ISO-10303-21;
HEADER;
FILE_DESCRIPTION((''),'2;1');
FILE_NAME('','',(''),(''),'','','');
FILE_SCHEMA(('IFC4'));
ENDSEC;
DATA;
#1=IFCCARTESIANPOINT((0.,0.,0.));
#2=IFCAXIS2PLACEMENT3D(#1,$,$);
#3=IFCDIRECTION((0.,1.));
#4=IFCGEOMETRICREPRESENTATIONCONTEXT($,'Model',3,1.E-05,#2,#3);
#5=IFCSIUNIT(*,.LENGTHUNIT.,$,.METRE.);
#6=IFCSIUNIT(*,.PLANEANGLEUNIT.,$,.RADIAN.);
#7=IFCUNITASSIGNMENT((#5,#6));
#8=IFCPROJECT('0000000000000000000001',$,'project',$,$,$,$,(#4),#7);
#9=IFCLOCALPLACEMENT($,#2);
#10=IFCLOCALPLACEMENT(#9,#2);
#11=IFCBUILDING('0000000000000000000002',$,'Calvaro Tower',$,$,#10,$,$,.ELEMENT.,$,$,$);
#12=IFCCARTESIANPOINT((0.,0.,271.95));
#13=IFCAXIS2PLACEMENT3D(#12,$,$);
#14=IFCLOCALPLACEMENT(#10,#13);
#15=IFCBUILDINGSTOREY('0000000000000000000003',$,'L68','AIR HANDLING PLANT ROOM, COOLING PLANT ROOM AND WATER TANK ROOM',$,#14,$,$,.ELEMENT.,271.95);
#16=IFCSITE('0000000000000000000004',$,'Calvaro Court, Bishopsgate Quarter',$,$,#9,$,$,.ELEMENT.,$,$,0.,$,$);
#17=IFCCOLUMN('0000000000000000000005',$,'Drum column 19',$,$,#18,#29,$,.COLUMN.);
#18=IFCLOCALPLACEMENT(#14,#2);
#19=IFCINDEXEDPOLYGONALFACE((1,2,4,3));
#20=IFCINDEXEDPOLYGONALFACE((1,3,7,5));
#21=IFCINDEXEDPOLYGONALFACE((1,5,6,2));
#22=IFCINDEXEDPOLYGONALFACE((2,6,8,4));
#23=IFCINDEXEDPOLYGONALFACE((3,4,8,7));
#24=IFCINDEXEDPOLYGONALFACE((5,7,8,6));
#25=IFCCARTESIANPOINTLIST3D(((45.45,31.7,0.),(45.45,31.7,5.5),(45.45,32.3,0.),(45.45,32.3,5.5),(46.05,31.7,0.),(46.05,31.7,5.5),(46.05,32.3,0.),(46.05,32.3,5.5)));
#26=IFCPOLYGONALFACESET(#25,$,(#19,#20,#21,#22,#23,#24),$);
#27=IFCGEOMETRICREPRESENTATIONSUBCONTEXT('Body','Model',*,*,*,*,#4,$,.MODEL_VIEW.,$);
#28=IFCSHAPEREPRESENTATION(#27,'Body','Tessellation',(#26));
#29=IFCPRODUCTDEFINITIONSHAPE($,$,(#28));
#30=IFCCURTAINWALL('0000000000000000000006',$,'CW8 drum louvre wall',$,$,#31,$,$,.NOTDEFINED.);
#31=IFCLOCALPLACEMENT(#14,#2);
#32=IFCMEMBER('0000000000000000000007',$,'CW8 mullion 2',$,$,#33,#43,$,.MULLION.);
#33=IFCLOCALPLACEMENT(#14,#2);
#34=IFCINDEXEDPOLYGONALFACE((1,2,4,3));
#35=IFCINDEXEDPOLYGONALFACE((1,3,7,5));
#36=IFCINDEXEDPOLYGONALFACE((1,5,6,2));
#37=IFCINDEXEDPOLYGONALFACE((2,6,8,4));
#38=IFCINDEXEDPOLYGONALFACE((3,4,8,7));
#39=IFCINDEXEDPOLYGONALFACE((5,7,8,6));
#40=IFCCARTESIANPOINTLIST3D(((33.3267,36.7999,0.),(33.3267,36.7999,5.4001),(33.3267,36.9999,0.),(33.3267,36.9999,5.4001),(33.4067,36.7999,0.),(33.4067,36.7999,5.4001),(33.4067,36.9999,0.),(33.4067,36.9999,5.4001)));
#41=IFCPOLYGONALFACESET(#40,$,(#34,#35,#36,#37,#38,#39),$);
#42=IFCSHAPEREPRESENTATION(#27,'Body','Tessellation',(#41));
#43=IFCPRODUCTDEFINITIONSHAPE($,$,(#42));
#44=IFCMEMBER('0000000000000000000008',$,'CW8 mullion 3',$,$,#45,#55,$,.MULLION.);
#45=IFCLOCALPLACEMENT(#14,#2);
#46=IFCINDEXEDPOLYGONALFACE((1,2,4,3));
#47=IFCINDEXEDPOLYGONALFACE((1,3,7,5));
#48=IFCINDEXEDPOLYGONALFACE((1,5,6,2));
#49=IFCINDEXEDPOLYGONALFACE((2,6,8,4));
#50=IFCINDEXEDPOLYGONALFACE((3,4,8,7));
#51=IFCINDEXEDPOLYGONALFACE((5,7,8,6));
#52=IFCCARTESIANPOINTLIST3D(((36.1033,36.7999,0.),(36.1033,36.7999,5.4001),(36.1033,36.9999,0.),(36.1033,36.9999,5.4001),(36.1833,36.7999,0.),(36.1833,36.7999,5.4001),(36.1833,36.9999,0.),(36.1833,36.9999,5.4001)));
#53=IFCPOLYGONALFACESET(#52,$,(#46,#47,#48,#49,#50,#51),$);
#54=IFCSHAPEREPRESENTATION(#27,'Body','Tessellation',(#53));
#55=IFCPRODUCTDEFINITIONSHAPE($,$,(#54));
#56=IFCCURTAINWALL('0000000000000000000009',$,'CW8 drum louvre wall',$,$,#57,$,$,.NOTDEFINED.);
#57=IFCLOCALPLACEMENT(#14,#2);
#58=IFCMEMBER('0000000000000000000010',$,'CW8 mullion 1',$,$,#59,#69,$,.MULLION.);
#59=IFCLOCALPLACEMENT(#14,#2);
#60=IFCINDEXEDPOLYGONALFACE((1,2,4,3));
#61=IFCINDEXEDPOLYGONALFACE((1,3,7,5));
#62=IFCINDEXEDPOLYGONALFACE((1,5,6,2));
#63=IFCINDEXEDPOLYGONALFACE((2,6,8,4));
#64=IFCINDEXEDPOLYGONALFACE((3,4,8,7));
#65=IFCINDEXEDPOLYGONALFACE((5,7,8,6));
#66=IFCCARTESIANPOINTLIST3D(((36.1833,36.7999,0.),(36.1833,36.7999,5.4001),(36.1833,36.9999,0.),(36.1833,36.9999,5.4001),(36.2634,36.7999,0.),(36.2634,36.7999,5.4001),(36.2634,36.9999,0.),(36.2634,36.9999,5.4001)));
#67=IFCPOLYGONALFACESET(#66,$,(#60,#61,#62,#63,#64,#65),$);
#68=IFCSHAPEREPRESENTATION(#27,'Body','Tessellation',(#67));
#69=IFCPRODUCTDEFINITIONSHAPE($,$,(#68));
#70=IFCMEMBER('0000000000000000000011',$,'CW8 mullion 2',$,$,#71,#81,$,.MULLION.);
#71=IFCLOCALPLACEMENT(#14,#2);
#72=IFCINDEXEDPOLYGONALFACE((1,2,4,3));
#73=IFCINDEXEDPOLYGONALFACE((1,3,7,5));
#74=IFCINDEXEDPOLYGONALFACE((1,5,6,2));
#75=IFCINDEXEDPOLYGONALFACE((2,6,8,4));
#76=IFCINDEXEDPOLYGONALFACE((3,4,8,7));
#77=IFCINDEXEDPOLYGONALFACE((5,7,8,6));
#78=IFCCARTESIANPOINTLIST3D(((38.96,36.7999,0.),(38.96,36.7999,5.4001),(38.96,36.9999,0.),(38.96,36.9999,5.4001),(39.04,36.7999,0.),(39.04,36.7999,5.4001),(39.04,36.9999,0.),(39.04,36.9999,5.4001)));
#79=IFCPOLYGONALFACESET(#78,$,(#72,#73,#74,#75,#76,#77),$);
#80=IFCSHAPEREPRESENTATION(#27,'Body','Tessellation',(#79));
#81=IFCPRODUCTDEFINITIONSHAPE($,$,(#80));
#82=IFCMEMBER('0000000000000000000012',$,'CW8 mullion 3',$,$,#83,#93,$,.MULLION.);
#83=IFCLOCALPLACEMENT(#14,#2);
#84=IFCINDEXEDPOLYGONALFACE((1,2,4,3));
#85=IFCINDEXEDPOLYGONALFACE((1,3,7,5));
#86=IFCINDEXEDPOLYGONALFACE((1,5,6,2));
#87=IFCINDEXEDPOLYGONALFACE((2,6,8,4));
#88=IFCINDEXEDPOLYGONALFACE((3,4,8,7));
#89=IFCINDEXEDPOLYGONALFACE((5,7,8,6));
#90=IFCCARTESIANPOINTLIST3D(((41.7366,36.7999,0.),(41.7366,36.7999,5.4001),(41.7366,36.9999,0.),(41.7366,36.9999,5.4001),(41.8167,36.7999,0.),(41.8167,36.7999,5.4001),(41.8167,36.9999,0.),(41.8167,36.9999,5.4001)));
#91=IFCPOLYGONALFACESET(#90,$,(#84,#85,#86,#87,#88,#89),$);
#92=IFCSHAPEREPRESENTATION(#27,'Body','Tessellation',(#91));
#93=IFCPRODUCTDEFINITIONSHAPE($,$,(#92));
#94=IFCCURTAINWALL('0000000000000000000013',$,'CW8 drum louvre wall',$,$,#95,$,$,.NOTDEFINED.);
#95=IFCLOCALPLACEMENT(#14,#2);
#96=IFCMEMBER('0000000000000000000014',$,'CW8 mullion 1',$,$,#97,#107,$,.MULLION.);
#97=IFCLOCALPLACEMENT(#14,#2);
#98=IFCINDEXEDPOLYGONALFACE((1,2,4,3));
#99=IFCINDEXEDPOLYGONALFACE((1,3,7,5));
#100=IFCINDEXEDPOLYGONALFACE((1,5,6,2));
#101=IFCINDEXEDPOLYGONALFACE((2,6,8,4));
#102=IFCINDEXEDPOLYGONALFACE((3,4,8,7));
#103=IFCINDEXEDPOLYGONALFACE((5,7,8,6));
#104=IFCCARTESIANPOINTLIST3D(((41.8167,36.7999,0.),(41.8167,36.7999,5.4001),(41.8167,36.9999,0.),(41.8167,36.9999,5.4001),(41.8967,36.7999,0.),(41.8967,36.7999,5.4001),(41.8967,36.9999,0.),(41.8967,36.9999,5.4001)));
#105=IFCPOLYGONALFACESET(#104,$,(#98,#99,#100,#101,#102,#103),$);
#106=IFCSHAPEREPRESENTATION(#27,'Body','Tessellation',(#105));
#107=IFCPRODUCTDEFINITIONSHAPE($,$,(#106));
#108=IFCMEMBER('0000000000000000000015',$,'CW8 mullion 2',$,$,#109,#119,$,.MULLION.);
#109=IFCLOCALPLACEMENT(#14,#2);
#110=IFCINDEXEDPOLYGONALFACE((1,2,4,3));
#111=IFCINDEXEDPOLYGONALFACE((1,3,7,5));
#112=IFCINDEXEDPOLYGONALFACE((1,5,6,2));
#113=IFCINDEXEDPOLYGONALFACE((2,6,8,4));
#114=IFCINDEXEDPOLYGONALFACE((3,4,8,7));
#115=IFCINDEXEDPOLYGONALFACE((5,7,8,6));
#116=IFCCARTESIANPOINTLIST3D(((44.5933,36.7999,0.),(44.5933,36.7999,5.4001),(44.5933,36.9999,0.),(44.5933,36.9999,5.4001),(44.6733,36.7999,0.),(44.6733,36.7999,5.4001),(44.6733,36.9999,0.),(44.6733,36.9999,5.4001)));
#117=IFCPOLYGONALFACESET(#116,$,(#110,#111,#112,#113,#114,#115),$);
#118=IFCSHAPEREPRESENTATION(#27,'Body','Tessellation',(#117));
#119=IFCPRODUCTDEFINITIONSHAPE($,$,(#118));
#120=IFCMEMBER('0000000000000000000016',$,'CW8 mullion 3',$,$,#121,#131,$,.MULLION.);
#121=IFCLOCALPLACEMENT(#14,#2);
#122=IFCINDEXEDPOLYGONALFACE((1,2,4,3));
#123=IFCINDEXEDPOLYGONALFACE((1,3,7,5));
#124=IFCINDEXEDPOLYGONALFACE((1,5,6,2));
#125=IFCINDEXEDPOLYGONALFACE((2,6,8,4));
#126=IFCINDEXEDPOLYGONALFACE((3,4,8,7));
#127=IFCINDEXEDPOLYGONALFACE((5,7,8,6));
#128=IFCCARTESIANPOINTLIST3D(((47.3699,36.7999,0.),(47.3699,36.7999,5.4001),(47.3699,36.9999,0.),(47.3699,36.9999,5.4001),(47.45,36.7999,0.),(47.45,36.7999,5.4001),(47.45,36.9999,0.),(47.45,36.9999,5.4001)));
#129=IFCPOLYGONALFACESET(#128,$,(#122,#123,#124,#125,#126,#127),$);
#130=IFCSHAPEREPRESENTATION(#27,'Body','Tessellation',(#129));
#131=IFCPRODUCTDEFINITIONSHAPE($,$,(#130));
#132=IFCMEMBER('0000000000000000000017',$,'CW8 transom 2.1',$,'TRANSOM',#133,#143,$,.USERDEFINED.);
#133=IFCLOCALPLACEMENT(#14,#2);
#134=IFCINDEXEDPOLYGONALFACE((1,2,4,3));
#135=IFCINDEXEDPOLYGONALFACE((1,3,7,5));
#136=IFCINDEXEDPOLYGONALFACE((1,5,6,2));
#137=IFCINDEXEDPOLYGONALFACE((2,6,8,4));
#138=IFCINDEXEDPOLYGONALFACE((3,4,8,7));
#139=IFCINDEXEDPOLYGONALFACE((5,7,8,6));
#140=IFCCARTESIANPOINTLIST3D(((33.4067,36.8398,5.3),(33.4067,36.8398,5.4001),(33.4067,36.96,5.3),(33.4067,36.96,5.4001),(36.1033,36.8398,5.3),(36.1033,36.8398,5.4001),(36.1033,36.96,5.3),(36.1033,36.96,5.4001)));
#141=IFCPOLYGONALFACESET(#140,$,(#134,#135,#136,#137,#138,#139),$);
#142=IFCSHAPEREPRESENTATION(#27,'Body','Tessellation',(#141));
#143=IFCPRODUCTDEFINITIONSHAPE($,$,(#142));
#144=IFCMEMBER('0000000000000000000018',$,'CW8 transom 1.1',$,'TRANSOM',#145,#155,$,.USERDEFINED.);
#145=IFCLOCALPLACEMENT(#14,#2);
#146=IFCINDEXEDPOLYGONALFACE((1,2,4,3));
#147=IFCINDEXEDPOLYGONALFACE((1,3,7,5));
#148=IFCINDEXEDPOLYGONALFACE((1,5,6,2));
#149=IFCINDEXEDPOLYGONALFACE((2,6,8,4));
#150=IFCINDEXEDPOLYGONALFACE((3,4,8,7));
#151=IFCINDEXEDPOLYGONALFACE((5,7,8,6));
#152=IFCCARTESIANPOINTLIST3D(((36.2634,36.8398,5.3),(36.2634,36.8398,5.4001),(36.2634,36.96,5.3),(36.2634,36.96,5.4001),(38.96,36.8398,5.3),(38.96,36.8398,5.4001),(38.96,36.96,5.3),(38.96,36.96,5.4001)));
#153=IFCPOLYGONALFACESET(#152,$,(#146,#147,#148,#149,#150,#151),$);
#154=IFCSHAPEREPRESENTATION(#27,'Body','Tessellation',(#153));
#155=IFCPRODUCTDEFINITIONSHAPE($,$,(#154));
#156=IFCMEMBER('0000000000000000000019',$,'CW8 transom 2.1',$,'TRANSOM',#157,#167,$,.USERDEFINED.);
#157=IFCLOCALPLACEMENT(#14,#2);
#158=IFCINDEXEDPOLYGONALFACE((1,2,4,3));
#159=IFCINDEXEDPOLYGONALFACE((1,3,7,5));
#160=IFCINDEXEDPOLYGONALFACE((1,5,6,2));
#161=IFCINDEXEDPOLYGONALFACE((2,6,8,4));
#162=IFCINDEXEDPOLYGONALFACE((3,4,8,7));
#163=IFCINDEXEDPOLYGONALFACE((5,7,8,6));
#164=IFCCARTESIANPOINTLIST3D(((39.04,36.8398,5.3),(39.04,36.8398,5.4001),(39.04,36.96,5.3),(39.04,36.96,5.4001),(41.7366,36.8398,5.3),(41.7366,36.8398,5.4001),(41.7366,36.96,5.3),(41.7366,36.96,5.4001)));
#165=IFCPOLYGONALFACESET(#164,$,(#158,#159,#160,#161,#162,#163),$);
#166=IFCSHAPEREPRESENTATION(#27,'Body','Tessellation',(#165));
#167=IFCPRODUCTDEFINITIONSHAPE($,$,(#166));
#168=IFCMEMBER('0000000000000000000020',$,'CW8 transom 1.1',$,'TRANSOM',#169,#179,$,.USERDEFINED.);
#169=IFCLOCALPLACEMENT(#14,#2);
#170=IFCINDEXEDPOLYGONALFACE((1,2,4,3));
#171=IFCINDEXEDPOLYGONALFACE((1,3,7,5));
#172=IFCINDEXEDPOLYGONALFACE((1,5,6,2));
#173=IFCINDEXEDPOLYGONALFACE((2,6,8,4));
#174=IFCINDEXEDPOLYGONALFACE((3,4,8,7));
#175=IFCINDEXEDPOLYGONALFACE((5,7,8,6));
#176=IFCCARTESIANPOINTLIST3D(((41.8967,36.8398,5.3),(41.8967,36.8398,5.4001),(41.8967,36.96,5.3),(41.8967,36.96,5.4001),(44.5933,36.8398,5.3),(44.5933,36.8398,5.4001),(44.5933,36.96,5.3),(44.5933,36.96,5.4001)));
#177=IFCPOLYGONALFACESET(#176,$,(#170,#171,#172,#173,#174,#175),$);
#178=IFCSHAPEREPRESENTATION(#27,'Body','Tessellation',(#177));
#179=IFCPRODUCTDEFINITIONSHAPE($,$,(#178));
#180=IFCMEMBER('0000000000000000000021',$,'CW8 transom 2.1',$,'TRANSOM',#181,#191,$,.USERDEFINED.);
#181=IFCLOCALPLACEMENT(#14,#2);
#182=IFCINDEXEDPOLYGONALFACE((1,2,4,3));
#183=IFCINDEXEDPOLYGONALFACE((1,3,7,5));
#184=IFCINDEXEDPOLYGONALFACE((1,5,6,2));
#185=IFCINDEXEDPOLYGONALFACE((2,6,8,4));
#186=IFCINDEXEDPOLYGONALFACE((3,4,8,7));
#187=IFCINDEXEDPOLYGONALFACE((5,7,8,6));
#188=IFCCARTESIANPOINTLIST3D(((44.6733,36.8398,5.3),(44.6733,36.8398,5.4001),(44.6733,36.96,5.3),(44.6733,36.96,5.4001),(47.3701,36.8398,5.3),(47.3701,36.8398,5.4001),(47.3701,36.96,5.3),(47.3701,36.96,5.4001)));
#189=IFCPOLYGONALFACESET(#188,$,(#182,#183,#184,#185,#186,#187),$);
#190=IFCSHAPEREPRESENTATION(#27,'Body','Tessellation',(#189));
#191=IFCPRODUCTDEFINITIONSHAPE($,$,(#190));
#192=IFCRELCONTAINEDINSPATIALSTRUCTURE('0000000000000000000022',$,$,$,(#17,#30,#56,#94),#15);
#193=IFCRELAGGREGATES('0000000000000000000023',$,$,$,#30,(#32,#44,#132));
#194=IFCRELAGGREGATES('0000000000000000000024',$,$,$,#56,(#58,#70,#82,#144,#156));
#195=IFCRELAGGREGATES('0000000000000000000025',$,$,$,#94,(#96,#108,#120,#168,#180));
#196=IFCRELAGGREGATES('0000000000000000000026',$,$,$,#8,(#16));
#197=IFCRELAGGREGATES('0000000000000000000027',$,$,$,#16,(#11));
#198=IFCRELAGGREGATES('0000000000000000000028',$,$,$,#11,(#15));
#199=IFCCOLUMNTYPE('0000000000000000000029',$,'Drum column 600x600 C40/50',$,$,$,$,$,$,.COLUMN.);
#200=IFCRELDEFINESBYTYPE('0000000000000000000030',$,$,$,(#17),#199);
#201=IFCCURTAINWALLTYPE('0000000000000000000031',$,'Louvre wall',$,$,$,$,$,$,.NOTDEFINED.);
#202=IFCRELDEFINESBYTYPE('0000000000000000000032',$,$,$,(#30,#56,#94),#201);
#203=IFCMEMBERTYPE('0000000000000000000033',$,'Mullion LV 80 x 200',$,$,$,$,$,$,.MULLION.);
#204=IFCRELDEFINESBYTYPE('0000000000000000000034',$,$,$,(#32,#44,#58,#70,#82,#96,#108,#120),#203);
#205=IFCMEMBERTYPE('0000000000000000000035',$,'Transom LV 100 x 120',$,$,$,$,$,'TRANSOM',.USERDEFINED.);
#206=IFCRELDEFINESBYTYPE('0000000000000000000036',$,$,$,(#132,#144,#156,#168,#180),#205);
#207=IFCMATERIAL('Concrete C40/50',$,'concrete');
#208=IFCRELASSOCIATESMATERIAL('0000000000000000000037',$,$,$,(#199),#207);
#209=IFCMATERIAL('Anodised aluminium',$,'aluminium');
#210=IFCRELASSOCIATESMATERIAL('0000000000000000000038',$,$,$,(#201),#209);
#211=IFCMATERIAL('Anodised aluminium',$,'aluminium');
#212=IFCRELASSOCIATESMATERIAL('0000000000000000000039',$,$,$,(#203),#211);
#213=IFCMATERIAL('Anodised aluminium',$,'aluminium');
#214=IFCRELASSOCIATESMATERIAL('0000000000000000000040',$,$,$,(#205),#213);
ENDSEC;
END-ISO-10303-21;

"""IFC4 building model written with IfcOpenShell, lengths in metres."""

from ifc_helpers import new_model, si_unit, direction, frame, origin, origin_2d, place, context, subcontext, project, spatial, rectangle, extrude, material, material_profile, profile_set, type_object, element, aggregate, save


model = new_model("IFC4")

# Units and contexts
model_context = context("Model", 3, precision=1e-05, world=origin(), true_north=direction((0.0, 1.0)))
body_context = subcontext(model_context, "Body", "Model", "MODEL_VIEW")
ifc_project = project(units=[si_unit("LENGTHUNIT", "METRE"), si_unit("PLANEANGLEUNIT", "RADIAN")], contexts=[model_context])

# Site, building, storey
site_placement = place(None, origin())
site = spatial("IfcSite", under=ifc_project, at=site_placement, Name="Calvaro Court, Bishopsgate Quarter", CompositionType="ELEMENT", RefElevation=0.0)
building_placement = place(site_placement, origin())
building = spatial("IfcBuilding", under=site, at=building_placement, Name="Calvaro Tower", CompositionType="ELEMENT")
storey_placement = place(building_placement, frame((0.0, 0.0, 271.95)))
storey = spatial("IfcBuildingStorey", under=building, at=storey_placement, Name="L68", Description="AIR HANDLING PLANT ROOM, COOLING PLANT ROOM AND WATER TANK ROOM", CompositionType="ELEMENT", Elevation=271.95)

# Column
ifc_material_1 = material(Name="Concrete C40/50", Category="concrete")
ifc_material_profile_1 = material_profile(ifc_material_1, rectangle(XDim=0.6001, YDim=0.6001, at=origin_2d()), Name="RC 600x600")
ifc_profile_set_1 = profile_set([ifc_material_profile_1], Name="Concrete C40/50")
column_type = type_object("IfcColumnType", Name="Drum column 600x600 C40/50", PredefinedType="COLUMN", material=ifc_profile_set_1)
column_placement = place(storey_placement, frame((45.75, 32.0, 0.0), z_axis=(0.0, 0.0, 1.0), x_axis=(1.0, 0.0, 0.0)))
element("IfcColumn", 1, at=column_placement, inside=storey, type_object=column_type, Name="Drum column 19", PredefinedType="COLUMN", context=body_context, shape_type="SweptSolid", body=[
    extrude(rectangle(XDim=0.6001, YDim=0.6001, at=origin_2d()), origin(), (0.0, 0.0, 1.0), 5.5),
])

# Curtain walls, members
ifc_material_2 = material(Name="Anodised aluminium", Category="aluminium")
curtain_wall_type = type_object("IfcCurtainWallType", Name="Louvre wall", PredefinedType="NOTDEFINED", material=ifc_material_2)
curtain_wall_1_placement = place(storey_placement, origin())
curtain_wall_1 = element("IfcCurtainWall", 2, at=curtain_wall_1_placement, inside=storey, type_object=curtain_wall_type, Name="CW8 drum louvre wall", PredefinedType="NOTDEFINED")
ifc_material_3 = material(Name="Anodised aluminium", Category="aluminium")
ifc_material_profile_2 = material_profile(ifc_material_3, rectangle(XDim=0.2, YDim=0.0801, at=origin_2d()), Name="Mullion LV 80 x 200")
ifc_profile_set_2 = profile_set([ifc_material_profile_2], Name="Anodised aluminium")
member_type_1 = type_object("IfcMemberType", Name="Mullion LV 80 x 200", PredefinedType="MULLION", material=ifc_profile_set_2)
member_1_placement = place(storey_placement, frame((33.3667, 36.8999, 0.0), z_axis=(0.0, 0.0, 1.0), x_axis=(0.0, 1.0, 0.0)))
member_1 = element("IfcMember", 3, at=member_1_placement, type_object=member_type_1, Name="CW8 mullion 2", PredefinedType="MULLION", context=body_context, shape_type="SweptSolid", body=[
    extrude(rectangle(XDim=0.2, YDim=0.0801, at=origin_2d()), origin(), (0.0, 0.0, 1.0), 5.4001),
])
member_2_placement = place(storey_placement, frame((36.1433, 36.8999, 0.0), z_axis=(0.0, 0.0, 1.0), x_axis=(0.0, 1.0, 0.0)))
member_2 = element("IfcMember", 4, at=member_2_placement, type_object=member_type_1, Name="CW8 mullion 3", PredefinedType="MULLION", context=body_context, shape_type="SweptSolid", body=[
    extrude(rectangle(XDim=0.2, YDim=0.0801, at=origin_2d()), origin(), (0.0, 0.0, 1.0), 5.4001),
])
curtain_wall_2_placement = place(storey_placement, origin())
curtain_wall_2 = element("IfcCurtainWall", 5, at=curtain_wall_2_placement, inside=storey, type_object=curtain_wall_type, Name="CW8 drum louvre wall", PredefinedType="NOTDEFINED")
member_3_placement = place(storey_placement, frame((36.2234, 36.8999, 0.0), z_axis=(0.0, 0.0, 1.0), x_axis=(0.0, 1.0, 0.0)))
member_3 = element("IfcMember", 6, at=member_3_placement, type_object=member_type_1, Name="CW8 mullion 1", PredefinedType="MULLION", context=body_context, shape_type="SweptSolid", body=[
    extrude(rectangle(XDim=0.2, YDim=0.0801, at=origin_2d()), origin(), (0.0, 0.0, 1.0), 5.4001),
])
member_4_placement = place(storey_placement, frame((39.0, 36.8999, 0.0), z_axis=(0.0, 0.0, 1.0), x_axis=(0.0, 1.0, 0.0)))
member_4 = element("IfcMember", 7, at=member_4_placement, type_object=member_type_1, Name="CW8 mullion 2", PredefinedType="MULLION", context=body_context, shape_type="SweptSolid", body=[
    extrude(rectangle(XDim=0.2, YDim=0.0801, at=origin_2d()), origin(), (0.0, 0.0, 1.0), 5.4001),
])
member_5_placement = place(storey_placement, frame((41.7766, 36.8999, 0.0), z_axis=(0.0, 0.0, 1.0), x_axis=(0.0, 1.0, 0.0)))
member_5 = element("IfcMember", 8, at=member_5_placement, type_object=member_type_1, Name="CW8 mullion 3", PredefinedType="MULLION", context=body_context, shape_type="SweptSolid", body=[
    extrude(rectangle(XDim=0.2, YDim=0.0801, at=origin_2d()), origin(), (0.0, 0.0, 1.0), 5.4001),
])
curtain_wall_3_placement = place(storey_placement, origin())
curtain_wall_3 = element("IfcCurtainWall", 9, at=curtain_wall_3_placement, inside=storey, type_object=curtain_wall_type, Name="CW8 drum louvre wall", PredefinedType="NOTDEFINED")
member_6_placement = place(storey_placement, frame((41.8567, 36.8999, 0.0), z_axis=(0.0, 0.0, 1.0), x_axis=(0.0, 1.0, 0.0)))
member_6 = element("IfcMember", 10, at=member_6_placement, type_object=member_type_1, Name="CW8 mullion 1", PredefinedType="MULLION", context=body_context, shape_type="SweptSolid", body=[
    extrude(rectangle(XDim=0.2, YDim=0.0801, at=origin_2d()), origin(), (0.0, 0.0, 1.0), 5.4001),
])
member_7_placement = place(storey_placement, frame((44.6333, 36.8999, 0.0), z_axis=(0.0, 0.0, 1.0), x_axis=(0.0, 1.0, 0.0)))
member_7 = element("IfcMember", 11, at=member_7_placement, type_object=member_type_1, Name="CW8 mullion 2", PredefinedType="MULLION", context=body_context, shape_type="SweptSolid", body=[
    extrude(rectangle(XDim=0.2, YDim=0.0801, at=origin_2d()), origin(), (0.0, 0.0, 1.0), 5.4001),
])
member_8_placement = place(storey_placement, frame((47.4099, 36.8999, 0.0), z_axis=(0.0, 0.0, 1.0), x_axis=(0.0, 1.0, 0.0)))
member_8 = element("IfcMember", 12, at=member_8_placement, type_object=member_type_1, Name="CW8 mullion 3", PredefinedType="MULLION", context=body_context, shape_type="SweptSolid", body=[
    extrude(rectangle(XDim=0.2, YDim=0.0801, at=origin_2d()), origin(), (0.0, 0.0, 1.0), 5.4001),
])

# Members
ifc_material_4 = material(Name="Anodised aluminium", Category="aluminium")
ifc_material_profile_3 = material_profile(ifc_material_4, rectangle(XDim=0.1201, YDim=0.1001, at=origin_2d()), Name="Transom LV 100 x 120")
ifc_profile_set_3 = profile_set([ifc_material_profile_3], Name="Anodised aluminium")
member_type_2 = type_object("IfcMemberType", Name="Transom LV 100 x 120", ElementType="TRANSOM", PredefinedType="USERDEFINED", material=ifc_profile_set_3)
member_9_placement = place(storey_placement, frame((33.4067, 36.8999, 5.3501), z_axis=(1.0, 0.0, 0.0), x_axis=(0.0, 1.0, 0.0)))
member_9 = element("IfcMember", 13, at=member_9_placement, type_object=member_type_2, Name="CW8 transom 2.1", ObjectType="TRANSOM", PredefinedType="USERDEFINED", context=body_context, shape_type="SweptSolid", body=[
    extrude(rectangle(XDim=0.1201, YDim=0.1001, at=origin_2d()), origin(), (0.0, 0.0, 1.0), 2.6965),
])
member_10_placement = place(storey_placement, frame((36.2634, 36.8999, 5.3501), z_axis=(1.0, 0.0, 0.0), x_axis=(0.0, 1.0, 0.0)))
member_10 = element("IfcMember", 14, at=member_10_placement, type_object=member_type_2, Name="CW8 transom 1.1", ObjectType="TRANSOM", PredefinedType="USERDEFINED", context=body_context, shape_type="SweptSolid", body=[
    extrude(rectangle(XDim=0.1201, YDim=0.1001, at=origin_2d()), origin(), (0.0, 0.0, 1.0), 2.6965),
])
member_11_placement = place(storey_placement, frame((39.04, 36.8999, 5.3501), z_axis=(1.0, 0.0, 0.0), x_axis=(0.0, 1.0, 0.0)))
member_11 = element("IfcMember", 15, at=member_11_placement, type_object=member_type_2, Name="CW8 transom 2.1", ObjectType="TRANSOM", PredefinedType="USERDEFINED", context=body_context, shape_type="SweptSolid", body=[
    extrude(rectangle(XDim=0.1201, YDim=0.1001, at=origin_2d()), origin(), (0.0, 0.0, 1.0), 2.6965),
])
member_12_placement = place(storey_placement, frame((41.8967, 36.8999, 5.3501), z_axis=(1.0, 0.0, 0.0), x_axis=(0.0, 1.0, 0.0)))
member_12 = element("IfcMember", 16, at=member_12_placement, type_object=member_type_2, Name="CW8 transom 1.1", ObjectType="TRANSOM", PredefinedType="USERDEFINED", context=body_context, shape_type="SweptSolid", body=[
    extrude(rectangle(XDim=0.1201, YDim=0.1001, at=origin_2d()), origin(), (0.0, 0.0, 1.0), 2.6965),
])
member_13_placement = place(storey_placement, frame((44.6733, 36.8999, 5.3501), z_axis=(1.0, 0.0, 0.0), x_axis=(0.0, 1.0, 0.0)))
member_13 = element("IfcMember", 17, at=member_13_placement, type_object=member_type_2, Name="CW8 transom 2.1", ObjectType="TRANSOM", PredefinedType="USERDEFINED", context=body_context, shape_type="SweptSolid", body=[
    extrude(rectangle(XDim=0.1201, YDim=0.1001, at=origin_2d()), origin(), (0.0, 0.0, 1.0), 2.6968),
])

aggregate(curtain_wall_1, [member_1, member_2, member_9])
aggregate(curtain_wall_2, [member_3, member_4, member_5, member_10, member_11])
aggregate(curtain_wall_3, [member_6, member_7, member_8, member_12, member_13])

save(model, "model.ifc")
